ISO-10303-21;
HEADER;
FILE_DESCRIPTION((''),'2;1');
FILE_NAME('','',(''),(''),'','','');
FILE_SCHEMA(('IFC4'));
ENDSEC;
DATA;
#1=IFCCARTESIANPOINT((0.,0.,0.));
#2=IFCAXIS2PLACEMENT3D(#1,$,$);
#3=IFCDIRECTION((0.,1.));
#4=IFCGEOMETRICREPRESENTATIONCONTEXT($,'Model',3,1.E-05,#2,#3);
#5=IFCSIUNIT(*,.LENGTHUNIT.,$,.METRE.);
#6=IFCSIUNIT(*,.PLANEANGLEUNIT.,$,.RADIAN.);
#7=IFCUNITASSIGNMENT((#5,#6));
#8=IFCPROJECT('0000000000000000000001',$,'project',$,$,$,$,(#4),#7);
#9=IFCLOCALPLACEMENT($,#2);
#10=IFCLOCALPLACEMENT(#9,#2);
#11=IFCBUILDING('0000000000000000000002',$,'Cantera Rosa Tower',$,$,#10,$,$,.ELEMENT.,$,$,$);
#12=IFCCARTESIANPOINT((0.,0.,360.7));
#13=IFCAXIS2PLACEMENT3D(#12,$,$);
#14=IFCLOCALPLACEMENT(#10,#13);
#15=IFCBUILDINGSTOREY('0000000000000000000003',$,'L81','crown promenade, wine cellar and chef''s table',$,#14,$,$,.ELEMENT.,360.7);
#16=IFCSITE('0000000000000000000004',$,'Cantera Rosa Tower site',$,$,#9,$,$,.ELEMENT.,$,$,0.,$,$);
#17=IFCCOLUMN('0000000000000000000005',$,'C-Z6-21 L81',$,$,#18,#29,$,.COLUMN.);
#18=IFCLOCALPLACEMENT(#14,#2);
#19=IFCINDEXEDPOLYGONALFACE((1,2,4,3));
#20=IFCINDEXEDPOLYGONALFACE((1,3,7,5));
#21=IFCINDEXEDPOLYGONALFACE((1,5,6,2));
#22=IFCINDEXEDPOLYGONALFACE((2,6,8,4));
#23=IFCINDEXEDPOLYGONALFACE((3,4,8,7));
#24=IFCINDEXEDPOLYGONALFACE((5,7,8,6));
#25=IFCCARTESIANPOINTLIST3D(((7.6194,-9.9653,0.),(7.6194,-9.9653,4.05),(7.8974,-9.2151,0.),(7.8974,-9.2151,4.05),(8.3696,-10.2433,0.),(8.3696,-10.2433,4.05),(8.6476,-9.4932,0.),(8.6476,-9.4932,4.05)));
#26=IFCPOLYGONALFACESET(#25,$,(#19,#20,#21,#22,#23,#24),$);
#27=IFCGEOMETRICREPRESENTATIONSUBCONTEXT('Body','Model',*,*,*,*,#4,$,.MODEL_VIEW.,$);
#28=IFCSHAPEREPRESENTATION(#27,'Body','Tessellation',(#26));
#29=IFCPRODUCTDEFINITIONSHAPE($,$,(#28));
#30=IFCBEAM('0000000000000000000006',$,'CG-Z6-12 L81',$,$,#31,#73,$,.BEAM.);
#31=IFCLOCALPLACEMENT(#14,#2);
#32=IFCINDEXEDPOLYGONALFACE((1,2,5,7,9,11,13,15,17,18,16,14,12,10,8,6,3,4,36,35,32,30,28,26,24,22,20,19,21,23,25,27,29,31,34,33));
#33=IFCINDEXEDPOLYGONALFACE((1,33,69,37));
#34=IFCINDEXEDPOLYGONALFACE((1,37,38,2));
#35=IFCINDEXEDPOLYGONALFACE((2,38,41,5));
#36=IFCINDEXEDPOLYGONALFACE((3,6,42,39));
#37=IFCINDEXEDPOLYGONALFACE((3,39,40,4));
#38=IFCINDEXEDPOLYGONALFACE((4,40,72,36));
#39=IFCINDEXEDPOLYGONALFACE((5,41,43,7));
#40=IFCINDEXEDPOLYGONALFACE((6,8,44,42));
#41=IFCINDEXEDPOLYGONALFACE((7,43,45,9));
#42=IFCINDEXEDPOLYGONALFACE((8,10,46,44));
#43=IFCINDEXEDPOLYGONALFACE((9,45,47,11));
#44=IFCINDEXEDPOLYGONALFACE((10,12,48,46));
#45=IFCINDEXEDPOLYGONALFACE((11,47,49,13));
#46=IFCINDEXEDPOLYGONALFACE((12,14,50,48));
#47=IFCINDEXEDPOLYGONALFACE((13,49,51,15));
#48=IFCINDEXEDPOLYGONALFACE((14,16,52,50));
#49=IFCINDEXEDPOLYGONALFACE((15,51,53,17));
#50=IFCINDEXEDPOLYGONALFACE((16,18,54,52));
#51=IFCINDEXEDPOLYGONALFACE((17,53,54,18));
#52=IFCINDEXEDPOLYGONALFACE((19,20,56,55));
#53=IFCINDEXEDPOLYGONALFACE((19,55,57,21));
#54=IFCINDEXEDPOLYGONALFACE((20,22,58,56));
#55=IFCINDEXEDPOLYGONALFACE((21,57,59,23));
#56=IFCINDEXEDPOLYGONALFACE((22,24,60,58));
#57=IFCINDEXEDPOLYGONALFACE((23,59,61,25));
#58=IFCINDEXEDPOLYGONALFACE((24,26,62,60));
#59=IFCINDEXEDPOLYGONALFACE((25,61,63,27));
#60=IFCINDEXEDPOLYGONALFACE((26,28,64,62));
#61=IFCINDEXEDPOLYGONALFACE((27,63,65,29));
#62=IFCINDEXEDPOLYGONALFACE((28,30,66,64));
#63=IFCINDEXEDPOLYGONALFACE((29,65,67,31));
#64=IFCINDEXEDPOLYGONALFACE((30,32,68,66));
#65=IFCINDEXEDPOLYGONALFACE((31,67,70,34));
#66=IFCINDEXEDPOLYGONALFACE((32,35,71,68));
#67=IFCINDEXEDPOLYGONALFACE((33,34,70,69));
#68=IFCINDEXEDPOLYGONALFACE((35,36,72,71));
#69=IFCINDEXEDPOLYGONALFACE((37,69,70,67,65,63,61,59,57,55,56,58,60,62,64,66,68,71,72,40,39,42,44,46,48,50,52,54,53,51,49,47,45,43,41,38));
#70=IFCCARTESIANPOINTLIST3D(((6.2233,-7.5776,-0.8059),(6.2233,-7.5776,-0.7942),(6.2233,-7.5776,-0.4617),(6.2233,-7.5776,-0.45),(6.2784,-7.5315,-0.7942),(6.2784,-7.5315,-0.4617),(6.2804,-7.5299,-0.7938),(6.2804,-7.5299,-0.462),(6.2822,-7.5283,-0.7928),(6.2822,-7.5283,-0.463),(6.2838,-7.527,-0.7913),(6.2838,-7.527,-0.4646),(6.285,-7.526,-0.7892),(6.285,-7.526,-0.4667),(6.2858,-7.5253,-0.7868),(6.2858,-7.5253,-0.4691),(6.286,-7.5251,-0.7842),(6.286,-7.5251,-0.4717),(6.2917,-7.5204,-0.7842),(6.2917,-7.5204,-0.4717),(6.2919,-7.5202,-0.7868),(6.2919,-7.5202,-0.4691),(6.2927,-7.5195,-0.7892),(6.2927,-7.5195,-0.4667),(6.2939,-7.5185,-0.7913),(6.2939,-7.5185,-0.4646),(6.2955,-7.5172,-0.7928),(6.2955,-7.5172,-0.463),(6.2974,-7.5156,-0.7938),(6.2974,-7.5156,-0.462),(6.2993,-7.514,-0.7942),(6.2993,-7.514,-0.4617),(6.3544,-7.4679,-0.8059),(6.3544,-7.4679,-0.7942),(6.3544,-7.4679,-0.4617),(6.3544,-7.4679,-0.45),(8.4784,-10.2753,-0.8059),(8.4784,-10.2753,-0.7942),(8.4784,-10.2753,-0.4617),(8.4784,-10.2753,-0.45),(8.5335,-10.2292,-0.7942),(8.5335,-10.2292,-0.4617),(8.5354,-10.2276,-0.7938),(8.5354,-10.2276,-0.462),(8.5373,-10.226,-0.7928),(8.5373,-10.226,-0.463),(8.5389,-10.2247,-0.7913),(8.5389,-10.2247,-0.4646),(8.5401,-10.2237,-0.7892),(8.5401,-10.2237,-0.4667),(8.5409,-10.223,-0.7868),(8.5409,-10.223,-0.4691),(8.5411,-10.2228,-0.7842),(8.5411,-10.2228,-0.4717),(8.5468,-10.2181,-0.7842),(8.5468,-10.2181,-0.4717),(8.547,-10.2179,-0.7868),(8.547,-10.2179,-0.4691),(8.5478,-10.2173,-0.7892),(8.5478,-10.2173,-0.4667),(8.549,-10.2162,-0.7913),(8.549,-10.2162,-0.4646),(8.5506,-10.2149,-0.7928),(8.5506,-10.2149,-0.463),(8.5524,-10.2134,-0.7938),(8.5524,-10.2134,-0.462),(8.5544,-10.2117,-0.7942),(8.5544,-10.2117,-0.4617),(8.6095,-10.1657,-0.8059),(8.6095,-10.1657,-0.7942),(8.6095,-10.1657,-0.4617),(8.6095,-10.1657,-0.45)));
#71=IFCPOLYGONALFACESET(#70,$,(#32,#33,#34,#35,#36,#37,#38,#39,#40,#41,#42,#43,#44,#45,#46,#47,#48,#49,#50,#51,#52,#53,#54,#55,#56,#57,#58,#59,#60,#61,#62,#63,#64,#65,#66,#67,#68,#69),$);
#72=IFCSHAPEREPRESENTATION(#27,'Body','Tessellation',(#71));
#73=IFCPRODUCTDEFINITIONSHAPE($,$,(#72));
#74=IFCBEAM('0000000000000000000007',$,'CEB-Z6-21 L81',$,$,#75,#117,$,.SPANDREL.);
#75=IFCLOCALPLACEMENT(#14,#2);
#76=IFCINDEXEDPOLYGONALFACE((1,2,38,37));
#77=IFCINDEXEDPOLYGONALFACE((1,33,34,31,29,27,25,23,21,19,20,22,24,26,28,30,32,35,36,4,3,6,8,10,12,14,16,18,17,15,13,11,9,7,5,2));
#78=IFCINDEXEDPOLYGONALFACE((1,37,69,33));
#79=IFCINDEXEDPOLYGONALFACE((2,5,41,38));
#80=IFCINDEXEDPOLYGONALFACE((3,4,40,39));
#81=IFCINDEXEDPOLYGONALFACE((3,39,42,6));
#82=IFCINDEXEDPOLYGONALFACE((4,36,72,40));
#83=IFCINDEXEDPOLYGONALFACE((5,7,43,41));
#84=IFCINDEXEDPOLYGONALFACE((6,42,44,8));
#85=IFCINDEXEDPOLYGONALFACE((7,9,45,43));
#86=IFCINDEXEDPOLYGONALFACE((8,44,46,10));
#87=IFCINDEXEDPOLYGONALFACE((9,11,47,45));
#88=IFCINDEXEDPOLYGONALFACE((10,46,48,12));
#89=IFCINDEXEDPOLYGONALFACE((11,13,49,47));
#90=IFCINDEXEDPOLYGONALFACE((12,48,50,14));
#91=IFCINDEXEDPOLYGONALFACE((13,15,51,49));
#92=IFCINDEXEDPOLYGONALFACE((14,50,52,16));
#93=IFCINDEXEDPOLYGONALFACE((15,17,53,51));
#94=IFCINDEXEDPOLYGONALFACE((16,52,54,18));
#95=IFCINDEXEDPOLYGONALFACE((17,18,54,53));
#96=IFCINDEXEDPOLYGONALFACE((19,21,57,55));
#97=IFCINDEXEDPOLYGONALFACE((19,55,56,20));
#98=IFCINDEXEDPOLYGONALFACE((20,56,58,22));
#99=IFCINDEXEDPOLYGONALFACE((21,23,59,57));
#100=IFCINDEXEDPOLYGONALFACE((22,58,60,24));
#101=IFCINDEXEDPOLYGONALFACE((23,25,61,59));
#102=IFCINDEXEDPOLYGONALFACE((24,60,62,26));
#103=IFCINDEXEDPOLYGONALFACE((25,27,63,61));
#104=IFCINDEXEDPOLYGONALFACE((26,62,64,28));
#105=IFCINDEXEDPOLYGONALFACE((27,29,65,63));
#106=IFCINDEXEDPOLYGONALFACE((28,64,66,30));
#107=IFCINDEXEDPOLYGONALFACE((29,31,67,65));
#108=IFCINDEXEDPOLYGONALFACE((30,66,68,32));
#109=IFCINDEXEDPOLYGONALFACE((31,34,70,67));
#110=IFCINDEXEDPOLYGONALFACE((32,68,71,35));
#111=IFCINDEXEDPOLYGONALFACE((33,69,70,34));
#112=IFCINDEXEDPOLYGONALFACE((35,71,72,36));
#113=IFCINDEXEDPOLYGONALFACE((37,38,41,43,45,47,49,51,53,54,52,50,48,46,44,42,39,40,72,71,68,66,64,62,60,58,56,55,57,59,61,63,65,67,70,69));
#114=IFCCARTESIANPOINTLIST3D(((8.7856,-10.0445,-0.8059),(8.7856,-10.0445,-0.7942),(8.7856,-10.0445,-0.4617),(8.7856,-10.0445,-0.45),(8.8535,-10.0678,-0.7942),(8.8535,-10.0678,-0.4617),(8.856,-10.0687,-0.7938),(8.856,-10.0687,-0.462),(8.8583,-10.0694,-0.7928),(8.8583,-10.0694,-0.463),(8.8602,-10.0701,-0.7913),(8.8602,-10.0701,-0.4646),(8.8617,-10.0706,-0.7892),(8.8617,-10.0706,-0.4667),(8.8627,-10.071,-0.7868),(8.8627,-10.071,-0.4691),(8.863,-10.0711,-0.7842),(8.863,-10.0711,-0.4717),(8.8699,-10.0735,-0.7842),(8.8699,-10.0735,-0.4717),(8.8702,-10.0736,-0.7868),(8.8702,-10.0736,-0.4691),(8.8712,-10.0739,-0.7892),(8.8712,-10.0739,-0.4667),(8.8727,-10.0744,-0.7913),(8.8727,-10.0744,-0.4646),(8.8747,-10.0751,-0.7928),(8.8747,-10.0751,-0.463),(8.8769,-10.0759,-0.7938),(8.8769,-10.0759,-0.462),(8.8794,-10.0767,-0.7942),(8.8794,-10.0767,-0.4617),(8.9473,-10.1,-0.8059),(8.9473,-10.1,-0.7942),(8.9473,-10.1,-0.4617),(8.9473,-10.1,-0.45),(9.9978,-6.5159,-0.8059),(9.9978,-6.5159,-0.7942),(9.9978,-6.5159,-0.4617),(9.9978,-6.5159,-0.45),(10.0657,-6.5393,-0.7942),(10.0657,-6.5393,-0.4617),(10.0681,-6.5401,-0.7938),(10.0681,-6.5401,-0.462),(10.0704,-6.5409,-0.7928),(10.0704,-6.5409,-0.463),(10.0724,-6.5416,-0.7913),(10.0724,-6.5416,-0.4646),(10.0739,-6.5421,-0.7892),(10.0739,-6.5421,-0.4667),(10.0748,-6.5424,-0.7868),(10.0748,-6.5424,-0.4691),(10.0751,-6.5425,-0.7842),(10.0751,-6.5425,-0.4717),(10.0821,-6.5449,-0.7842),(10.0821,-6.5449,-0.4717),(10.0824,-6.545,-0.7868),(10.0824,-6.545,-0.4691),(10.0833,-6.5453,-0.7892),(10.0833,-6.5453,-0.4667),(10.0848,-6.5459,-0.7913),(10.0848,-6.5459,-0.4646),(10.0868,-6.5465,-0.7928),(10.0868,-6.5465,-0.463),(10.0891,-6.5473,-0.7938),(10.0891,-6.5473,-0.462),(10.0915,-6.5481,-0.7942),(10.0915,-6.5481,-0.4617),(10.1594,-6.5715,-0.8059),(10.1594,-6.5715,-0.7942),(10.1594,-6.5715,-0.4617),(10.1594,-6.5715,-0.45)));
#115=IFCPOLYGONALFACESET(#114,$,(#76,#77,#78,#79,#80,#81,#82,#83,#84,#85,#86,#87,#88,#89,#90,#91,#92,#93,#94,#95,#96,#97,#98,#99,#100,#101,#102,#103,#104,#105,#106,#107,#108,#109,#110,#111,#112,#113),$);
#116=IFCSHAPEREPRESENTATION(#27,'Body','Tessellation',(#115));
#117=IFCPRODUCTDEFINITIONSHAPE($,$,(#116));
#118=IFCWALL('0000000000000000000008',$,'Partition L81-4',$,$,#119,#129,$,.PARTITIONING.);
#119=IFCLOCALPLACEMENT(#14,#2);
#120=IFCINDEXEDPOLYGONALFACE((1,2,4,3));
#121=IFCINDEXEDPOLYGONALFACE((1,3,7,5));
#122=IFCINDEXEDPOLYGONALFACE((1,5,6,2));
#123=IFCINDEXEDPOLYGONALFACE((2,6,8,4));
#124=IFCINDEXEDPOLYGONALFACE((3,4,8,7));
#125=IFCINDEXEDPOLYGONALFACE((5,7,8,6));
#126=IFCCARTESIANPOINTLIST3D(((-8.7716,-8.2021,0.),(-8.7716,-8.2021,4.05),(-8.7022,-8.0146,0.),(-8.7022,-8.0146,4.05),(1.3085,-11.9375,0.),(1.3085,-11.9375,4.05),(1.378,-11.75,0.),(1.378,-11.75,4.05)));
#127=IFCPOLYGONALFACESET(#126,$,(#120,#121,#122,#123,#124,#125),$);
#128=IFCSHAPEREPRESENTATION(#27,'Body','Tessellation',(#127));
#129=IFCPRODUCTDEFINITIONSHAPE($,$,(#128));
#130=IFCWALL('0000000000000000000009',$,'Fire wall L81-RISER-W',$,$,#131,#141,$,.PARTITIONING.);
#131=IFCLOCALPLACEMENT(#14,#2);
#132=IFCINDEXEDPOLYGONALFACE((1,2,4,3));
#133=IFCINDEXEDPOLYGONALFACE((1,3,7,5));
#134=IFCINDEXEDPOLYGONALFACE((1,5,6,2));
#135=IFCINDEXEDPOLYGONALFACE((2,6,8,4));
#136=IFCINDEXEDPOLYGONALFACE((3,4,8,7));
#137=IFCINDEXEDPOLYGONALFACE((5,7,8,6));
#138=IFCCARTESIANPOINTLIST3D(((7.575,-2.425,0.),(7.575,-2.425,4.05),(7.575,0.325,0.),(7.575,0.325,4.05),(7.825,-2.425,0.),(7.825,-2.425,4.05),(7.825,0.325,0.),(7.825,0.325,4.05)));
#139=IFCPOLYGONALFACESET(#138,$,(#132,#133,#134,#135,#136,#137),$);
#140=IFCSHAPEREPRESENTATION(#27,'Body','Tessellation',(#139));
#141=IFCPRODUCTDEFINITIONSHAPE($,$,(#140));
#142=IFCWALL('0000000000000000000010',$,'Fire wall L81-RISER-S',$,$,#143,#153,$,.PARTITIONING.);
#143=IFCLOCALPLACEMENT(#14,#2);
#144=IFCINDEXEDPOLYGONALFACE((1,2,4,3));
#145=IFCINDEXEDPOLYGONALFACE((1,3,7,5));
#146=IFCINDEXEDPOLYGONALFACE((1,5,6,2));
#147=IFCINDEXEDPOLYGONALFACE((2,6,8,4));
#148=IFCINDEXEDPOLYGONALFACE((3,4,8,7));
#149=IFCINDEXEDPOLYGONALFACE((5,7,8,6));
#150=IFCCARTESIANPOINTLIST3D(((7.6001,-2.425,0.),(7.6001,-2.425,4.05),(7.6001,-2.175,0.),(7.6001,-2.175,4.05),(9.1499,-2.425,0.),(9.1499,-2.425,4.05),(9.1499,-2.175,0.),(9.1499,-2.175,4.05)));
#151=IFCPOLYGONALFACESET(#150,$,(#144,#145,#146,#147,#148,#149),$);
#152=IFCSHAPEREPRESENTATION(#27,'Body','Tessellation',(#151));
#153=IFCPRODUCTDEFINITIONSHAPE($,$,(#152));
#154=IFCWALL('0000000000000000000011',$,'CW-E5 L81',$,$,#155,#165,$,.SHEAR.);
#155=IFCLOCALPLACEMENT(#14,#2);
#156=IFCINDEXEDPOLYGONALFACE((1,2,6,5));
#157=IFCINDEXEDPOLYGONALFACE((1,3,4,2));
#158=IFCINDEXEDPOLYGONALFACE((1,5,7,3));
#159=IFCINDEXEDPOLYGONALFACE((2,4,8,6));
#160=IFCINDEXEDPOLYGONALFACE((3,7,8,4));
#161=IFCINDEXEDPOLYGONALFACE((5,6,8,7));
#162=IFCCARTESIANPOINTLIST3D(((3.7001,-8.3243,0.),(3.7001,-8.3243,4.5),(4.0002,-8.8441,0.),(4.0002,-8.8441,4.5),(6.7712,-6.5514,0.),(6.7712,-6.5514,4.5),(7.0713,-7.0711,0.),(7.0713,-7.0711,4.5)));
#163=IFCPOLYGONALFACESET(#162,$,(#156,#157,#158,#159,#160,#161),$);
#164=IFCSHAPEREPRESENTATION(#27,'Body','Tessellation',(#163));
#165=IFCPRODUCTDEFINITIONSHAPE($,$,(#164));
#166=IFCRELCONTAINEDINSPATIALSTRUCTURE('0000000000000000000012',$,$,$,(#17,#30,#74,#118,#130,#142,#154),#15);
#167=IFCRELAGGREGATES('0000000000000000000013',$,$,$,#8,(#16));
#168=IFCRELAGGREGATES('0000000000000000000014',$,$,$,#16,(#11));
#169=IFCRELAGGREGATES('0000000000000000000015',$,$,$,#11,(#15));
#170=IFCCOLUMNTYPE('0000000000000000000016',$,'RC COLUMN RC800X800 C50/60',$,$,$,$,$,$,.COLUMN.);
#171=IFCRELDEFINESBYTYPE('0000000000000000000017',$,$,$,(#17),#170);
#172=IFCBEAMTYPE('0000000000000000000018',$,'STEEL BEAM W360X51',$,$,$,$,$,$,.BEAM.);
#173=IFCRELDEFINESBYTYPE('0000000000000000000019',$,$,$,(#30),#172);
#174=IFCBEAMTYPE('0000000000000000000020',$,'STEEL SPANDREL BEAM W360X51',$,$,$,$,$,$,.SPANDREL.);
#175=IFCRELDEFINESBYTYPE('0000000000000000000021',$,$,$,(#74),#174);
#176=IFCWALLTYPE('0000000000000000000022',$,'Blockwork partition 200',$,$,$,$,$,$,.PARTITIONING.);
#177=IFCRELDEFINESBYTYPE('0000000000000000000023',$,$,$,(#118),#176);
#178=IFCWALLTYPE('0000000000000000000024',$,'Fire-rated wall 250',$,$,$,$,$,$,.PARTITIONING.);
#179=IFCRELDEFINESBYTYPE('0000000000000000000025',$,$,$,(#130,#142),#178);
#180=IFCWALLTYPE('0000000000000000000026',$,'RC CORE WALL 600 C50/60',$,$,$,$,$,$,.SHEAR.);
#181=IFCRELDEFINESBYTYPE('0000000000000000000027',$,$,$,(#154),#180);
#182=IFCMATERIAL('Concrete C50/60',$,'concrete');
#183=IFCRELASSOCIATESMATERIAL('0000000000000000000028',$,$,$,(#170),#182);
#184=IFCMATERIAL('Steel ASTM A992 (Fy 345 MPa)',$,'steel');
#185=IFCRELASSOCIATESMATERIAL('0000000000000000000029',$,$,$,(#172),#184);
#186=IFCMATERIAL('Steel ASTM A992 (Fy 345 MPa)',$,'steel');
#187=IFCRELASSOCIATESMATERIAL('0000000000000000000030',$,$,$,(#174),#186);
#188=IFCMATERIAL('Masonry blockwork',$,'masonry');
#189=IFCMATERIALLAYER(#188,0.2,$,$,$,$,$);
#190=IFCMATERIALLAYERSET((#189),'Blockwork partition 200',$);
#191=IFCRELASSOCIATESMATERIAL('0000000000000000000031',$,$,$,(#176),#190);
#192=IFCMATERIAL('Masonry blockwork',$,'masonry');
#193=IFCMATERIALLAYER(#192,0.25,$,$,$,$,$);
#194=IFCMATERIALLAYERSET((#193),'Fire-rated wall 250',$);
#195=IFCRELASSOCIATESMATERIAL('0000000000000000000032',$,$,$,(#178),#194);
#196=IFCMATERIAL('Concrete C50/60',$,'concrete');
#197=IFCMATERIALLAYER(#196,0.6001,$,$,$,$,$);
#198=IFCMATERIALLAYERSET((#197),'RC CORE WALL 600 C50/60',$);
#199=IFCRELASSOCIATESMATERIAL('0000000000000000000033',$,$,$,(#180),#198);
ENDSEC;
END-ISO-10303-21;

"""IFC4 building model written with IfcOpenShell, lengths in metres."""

from ifc_helpers import new_model, si_unit, direction, frame, frame_2d, origin, origin_2d, place, context, subcontext, project, spatial, rectangle, i_section, extrude, material, layer, layer_set, material_profile, profile_set, type_object, element, save


model = new_model("IFC4")

# Units and contexts
model_context = context("Model", 3, precision=1e-05, world=origin(), true_north=direction((0.0, 1.0)))
body_context = subcontext(model_context, "Body", "Model", "MODEL_VIEW")
ifc_project = project(units=[si_unit("LENGTHUNIT", "METRE"), si_unit("PLANEANGLEUNIT", "RADIAN")], contexts=[model_context])

# Site, building, storey
site_placement = place(None, origin())
site = spatial("IfcSite", under=ifc_project, at=site_placement, Name="Cantera Rosa Tower site", CompositionType="ELEMENT", RefElevation=0.0)
building_placement = place(site_placement, origin())
building = spatial("IfcBuilding", under=site, at=building_placement, Name="Cantera Rosa Tower", CompositionType="ELEMENT")
storey_placement = place(building_placement, frame((0.0, 0.0, 360.7)))
storey = spatial("IfcBuildingStorey", under=building, at=storey_placement, Name="L81", Description="crown promenade, wine cellar and chef's table", CompositionType="ELEMENT", Elevation=360.7)

# Column
ifc_material_1 = material(Name="Concrete C50/60", Category="concrete")
ifc_material_profile_1 = material_profile(ifc_material_1, rectangle(XDim=0.8, YDim=0.8, at=origin_2d()), Name="RC COLUMN RC800X800 C50/60")
ifc_profile_set_1 = profile_set([ifc_material_profile_1], Name="Concrete C50/60")
column_type = type_object("IfcColumnType", Name="RC COLUMN RC800X800 C50/60", PredefinedType="COLUMN", material=ifc_profile_set_1)
column_placement = place(storey_placement, frame((8.1335, -9.7292, 0.0), z_axis=(0.0, 0.0, 1.0), x_axis=(0.347481, 0.937687, 0.0)))
element("IfcColumn", 1, at=column_placement, inside=storey, type_object=column_type, Name="C-Z6-21 L81", PredefinedType="COLUMN", context=body_context, shape_type="SweptSolid", body=[
    extrude(rectangle(XDim=0.8, YDim=0.8, at=origin_2d()), origin(), (0.0, 0.0, 1.0), 4.05),
])

# Beams
ifc_material_2 = material(Name="Steel ASTM A992 (Fy 345 MPa)", Category="steel")
ifc_material_profile_2 = material_profile(ifc_material_2, i_section(OverallWidth=0.1709, OverallDepth=0.356, WebThickness=0.0073, FlangeThickness=0.0117, FilletRadius=0.01, at=origin_2d()), Name="W360X51")
ifc_profile_set_2 = profile_set([ifc_material_profile_2], Name="Steel ASTM A992 (Fy 345 MPa)")
beam_type_1 = type_object("IfcBeamType", Name="STEEL BEAM W360X51", PredefinedType="BEAM", material=ifc_profile_set_2)
beam_1_placement = place(storey_placement, frame((8.5439, -10.2205, -0.6279), z_axis=(-0.641358, 0.767241, 0.0), x_axis=(-0.767241, -0.641358, 0.0)))
element("IfcBeam", 2, at=beam_1_placement, inside=storey, type_object=beam_type_1, Name="CG-Z6-12 L81", PredefinedType="BEAM", context=body_context, shape_type="SweptSolid", body=[
    extrude(i_section(OverallWidth=0.1709, OverallDepth=0.356, WebThickness=0.0073, FlangeThickness=0.0117, FilletRadius=0.01, at=origin_2d()), origin(), (0.0, 0.0, 1.0), 3.5161),
])
ifc_material_3 = material(Name="Steel ASTM A992 (Fy 345 MPa)", Category="steel")
ifc_material_profile_3 = material_profile(ifc_material_3, i_section(OverallWidth=0.1709, OverallDepth=0.356, WebThickness=0.0073, FlangeThickness=0.0117, FilletRadius=0.01, at=origin_2d()), Name="W360X51")
ifc_profile_set_3 = profile_set([ifc_material_profile_3], Name="Steel ASTM A992 (Fy 345 MPa)")
beam_type_2 = type_object("IfcBeamType", Name="STEEL SPANDREL BEAM W360X51", PredefinedType="SPANDREL", material=ifc_profile_set_3)
beam_2_placement = place(storey_placement, frame((8.8665, -10.0723, -0.6279), z_axis=(0.324891, 0.945751, 0.0), x_axis=(-0.945751, 0.324891, 0.0)))
element("IfcBeam", 3, at=beam_2_placement, inside=storey, type_object=beam_type_2, Name="CEB-Z6-21 L81", PredefinedType="SPANDREL", context=body_context, shape_type="SweptSolid", body=[
    extrude(i_section(OverallWidth=0.1709, OverallDepth=0.356, WebThickness=0.0073, FlangeThickness=0.0117, FilletRadius=0.01, at=origin_2d()), origin(), (0.0, 0.0, 1.0), 3.731),
])

# Walls
ifc_material_4 = material(Name="Masonry blockwork", Category="masonry")
ifc_layer_1 = layer(ifc_material_4, 0.2)
ifc_layer_set_1 = layer_set([ifc_layer_1], Name="Blockwork partition 200")
wall_type_1 = type_object("IfcWallType", Name="Blockwork partition 200", PredefinedType="PARTITIONING", material=ifc_layer_set_1)
wall_1_placement = place(storey_placement, frame((1.3433, -11.8438, 0.0), z_axis=(0.0, 0.0, 1.0), x_axis=(-0.937688, 0.347477, 0.0)))
element("IfcWall", 4, at=wall_1_placement, inside=storey, type_object=wall_type_1, Name="Partition L81-4", PredefinedType="PARTITIONING", context=body_context, shape_type="SweptSolid", body=[
    extrude(rectangle(XDim=10.75, YDim=0.2, at=frame_2d((5.375, 0.0))), origin(), (0.0, 0.0, 1.0), 4.05),
])
ifc_material_5 = material(Name="Masonry blockwork", Category="masonry")
ifc_layer_2 = layer(ifc_material_5, 0.25)
ifc_layer_set_2 = layer_set([ifc_layer_2], Name="Fire-rated wall 250")
wall_type_2 = type_object("IfcWallType", Name="Fire-rated wall 250", PredefinedType="PARTITIONING", material=ifc_layer_set_2)
wall_2_placement = place(storey_placement, frame((7.7, -2.425, 0.0), z_axis=(0.0, 0.0, 1.0), x_axis=(0.0, 1.0, 0.0)))
element("IfcWall", 5, at=wall_2_placement, inside=storey, type_object=wall_type_2, Name="Fire wall L81-RISER-W", PredefinedType="PARTITIONING", context=body_context, shape_type="SweptSolid", body=[
    extrude(rectangle(XDim=2.75, YDim=0.25, at=frame_2d((1.375, 0.0))), origin(), (0.0, 0.0, 1.0), 4.05),
])
wall_3_placement = place(storey_placement, frame((7.6001, -2.3, 0.0), z_axis=(0.0, 0.0, 1.0), x_axis=(1.0, 0.0, 0.0)))
element("IfcWall", 6, at=wall_3_placement, inside=storey, type_object=wall_type_2, Name="Fire wall L81-RISER-S", PredefinedType="PARTITIONING", context=body_context, shape_type="SweptSolid", body=[
    extrude(rectangle(XDim=1.5498, YDim=0.25, at=frame_2d((0.7749, 0.0))), origin(), (0.0, 0.0, 1.0), 4.05),
])
ifc_material_6 = material(Name="Concrete C50/60", Category="concrete")
ifc_layer_3 = layer(ifc_material_6, 0.6001)
ifc_layer_set_3 = layer_set([ifc_layer_3], Name="RC CORE WALL 600 C50/60")
wall_type_3 = type_object("IfcWallType", Name="RC CORE WALL 600 C50/60", PredefinedType="SHEAR", material=ifc_layer_set_3)
wall_4_placement = place(storey_placement, frame((6.9211, -6.8113, 0.0), z_axis=(0.0, 0.0, 1.0), x_axis=(-0.86604, -0.499975, 0.0)))
element("IfcWall", 7, at=wall_4_placement, inside=storey, type_object=wall_type_3, Name="CW-E5 L81", PredefinedType="SHEAR", context=body_context, shape_type="SweptSolid", body=[
    extrude(rectangle(XDim=3.5461, YDim=0.6001, at=frame_2d((1.7729, 0.0))), origin(), (0.0, 0.0, 1.0), 4.5),
])

save(model, "model.ifc")
